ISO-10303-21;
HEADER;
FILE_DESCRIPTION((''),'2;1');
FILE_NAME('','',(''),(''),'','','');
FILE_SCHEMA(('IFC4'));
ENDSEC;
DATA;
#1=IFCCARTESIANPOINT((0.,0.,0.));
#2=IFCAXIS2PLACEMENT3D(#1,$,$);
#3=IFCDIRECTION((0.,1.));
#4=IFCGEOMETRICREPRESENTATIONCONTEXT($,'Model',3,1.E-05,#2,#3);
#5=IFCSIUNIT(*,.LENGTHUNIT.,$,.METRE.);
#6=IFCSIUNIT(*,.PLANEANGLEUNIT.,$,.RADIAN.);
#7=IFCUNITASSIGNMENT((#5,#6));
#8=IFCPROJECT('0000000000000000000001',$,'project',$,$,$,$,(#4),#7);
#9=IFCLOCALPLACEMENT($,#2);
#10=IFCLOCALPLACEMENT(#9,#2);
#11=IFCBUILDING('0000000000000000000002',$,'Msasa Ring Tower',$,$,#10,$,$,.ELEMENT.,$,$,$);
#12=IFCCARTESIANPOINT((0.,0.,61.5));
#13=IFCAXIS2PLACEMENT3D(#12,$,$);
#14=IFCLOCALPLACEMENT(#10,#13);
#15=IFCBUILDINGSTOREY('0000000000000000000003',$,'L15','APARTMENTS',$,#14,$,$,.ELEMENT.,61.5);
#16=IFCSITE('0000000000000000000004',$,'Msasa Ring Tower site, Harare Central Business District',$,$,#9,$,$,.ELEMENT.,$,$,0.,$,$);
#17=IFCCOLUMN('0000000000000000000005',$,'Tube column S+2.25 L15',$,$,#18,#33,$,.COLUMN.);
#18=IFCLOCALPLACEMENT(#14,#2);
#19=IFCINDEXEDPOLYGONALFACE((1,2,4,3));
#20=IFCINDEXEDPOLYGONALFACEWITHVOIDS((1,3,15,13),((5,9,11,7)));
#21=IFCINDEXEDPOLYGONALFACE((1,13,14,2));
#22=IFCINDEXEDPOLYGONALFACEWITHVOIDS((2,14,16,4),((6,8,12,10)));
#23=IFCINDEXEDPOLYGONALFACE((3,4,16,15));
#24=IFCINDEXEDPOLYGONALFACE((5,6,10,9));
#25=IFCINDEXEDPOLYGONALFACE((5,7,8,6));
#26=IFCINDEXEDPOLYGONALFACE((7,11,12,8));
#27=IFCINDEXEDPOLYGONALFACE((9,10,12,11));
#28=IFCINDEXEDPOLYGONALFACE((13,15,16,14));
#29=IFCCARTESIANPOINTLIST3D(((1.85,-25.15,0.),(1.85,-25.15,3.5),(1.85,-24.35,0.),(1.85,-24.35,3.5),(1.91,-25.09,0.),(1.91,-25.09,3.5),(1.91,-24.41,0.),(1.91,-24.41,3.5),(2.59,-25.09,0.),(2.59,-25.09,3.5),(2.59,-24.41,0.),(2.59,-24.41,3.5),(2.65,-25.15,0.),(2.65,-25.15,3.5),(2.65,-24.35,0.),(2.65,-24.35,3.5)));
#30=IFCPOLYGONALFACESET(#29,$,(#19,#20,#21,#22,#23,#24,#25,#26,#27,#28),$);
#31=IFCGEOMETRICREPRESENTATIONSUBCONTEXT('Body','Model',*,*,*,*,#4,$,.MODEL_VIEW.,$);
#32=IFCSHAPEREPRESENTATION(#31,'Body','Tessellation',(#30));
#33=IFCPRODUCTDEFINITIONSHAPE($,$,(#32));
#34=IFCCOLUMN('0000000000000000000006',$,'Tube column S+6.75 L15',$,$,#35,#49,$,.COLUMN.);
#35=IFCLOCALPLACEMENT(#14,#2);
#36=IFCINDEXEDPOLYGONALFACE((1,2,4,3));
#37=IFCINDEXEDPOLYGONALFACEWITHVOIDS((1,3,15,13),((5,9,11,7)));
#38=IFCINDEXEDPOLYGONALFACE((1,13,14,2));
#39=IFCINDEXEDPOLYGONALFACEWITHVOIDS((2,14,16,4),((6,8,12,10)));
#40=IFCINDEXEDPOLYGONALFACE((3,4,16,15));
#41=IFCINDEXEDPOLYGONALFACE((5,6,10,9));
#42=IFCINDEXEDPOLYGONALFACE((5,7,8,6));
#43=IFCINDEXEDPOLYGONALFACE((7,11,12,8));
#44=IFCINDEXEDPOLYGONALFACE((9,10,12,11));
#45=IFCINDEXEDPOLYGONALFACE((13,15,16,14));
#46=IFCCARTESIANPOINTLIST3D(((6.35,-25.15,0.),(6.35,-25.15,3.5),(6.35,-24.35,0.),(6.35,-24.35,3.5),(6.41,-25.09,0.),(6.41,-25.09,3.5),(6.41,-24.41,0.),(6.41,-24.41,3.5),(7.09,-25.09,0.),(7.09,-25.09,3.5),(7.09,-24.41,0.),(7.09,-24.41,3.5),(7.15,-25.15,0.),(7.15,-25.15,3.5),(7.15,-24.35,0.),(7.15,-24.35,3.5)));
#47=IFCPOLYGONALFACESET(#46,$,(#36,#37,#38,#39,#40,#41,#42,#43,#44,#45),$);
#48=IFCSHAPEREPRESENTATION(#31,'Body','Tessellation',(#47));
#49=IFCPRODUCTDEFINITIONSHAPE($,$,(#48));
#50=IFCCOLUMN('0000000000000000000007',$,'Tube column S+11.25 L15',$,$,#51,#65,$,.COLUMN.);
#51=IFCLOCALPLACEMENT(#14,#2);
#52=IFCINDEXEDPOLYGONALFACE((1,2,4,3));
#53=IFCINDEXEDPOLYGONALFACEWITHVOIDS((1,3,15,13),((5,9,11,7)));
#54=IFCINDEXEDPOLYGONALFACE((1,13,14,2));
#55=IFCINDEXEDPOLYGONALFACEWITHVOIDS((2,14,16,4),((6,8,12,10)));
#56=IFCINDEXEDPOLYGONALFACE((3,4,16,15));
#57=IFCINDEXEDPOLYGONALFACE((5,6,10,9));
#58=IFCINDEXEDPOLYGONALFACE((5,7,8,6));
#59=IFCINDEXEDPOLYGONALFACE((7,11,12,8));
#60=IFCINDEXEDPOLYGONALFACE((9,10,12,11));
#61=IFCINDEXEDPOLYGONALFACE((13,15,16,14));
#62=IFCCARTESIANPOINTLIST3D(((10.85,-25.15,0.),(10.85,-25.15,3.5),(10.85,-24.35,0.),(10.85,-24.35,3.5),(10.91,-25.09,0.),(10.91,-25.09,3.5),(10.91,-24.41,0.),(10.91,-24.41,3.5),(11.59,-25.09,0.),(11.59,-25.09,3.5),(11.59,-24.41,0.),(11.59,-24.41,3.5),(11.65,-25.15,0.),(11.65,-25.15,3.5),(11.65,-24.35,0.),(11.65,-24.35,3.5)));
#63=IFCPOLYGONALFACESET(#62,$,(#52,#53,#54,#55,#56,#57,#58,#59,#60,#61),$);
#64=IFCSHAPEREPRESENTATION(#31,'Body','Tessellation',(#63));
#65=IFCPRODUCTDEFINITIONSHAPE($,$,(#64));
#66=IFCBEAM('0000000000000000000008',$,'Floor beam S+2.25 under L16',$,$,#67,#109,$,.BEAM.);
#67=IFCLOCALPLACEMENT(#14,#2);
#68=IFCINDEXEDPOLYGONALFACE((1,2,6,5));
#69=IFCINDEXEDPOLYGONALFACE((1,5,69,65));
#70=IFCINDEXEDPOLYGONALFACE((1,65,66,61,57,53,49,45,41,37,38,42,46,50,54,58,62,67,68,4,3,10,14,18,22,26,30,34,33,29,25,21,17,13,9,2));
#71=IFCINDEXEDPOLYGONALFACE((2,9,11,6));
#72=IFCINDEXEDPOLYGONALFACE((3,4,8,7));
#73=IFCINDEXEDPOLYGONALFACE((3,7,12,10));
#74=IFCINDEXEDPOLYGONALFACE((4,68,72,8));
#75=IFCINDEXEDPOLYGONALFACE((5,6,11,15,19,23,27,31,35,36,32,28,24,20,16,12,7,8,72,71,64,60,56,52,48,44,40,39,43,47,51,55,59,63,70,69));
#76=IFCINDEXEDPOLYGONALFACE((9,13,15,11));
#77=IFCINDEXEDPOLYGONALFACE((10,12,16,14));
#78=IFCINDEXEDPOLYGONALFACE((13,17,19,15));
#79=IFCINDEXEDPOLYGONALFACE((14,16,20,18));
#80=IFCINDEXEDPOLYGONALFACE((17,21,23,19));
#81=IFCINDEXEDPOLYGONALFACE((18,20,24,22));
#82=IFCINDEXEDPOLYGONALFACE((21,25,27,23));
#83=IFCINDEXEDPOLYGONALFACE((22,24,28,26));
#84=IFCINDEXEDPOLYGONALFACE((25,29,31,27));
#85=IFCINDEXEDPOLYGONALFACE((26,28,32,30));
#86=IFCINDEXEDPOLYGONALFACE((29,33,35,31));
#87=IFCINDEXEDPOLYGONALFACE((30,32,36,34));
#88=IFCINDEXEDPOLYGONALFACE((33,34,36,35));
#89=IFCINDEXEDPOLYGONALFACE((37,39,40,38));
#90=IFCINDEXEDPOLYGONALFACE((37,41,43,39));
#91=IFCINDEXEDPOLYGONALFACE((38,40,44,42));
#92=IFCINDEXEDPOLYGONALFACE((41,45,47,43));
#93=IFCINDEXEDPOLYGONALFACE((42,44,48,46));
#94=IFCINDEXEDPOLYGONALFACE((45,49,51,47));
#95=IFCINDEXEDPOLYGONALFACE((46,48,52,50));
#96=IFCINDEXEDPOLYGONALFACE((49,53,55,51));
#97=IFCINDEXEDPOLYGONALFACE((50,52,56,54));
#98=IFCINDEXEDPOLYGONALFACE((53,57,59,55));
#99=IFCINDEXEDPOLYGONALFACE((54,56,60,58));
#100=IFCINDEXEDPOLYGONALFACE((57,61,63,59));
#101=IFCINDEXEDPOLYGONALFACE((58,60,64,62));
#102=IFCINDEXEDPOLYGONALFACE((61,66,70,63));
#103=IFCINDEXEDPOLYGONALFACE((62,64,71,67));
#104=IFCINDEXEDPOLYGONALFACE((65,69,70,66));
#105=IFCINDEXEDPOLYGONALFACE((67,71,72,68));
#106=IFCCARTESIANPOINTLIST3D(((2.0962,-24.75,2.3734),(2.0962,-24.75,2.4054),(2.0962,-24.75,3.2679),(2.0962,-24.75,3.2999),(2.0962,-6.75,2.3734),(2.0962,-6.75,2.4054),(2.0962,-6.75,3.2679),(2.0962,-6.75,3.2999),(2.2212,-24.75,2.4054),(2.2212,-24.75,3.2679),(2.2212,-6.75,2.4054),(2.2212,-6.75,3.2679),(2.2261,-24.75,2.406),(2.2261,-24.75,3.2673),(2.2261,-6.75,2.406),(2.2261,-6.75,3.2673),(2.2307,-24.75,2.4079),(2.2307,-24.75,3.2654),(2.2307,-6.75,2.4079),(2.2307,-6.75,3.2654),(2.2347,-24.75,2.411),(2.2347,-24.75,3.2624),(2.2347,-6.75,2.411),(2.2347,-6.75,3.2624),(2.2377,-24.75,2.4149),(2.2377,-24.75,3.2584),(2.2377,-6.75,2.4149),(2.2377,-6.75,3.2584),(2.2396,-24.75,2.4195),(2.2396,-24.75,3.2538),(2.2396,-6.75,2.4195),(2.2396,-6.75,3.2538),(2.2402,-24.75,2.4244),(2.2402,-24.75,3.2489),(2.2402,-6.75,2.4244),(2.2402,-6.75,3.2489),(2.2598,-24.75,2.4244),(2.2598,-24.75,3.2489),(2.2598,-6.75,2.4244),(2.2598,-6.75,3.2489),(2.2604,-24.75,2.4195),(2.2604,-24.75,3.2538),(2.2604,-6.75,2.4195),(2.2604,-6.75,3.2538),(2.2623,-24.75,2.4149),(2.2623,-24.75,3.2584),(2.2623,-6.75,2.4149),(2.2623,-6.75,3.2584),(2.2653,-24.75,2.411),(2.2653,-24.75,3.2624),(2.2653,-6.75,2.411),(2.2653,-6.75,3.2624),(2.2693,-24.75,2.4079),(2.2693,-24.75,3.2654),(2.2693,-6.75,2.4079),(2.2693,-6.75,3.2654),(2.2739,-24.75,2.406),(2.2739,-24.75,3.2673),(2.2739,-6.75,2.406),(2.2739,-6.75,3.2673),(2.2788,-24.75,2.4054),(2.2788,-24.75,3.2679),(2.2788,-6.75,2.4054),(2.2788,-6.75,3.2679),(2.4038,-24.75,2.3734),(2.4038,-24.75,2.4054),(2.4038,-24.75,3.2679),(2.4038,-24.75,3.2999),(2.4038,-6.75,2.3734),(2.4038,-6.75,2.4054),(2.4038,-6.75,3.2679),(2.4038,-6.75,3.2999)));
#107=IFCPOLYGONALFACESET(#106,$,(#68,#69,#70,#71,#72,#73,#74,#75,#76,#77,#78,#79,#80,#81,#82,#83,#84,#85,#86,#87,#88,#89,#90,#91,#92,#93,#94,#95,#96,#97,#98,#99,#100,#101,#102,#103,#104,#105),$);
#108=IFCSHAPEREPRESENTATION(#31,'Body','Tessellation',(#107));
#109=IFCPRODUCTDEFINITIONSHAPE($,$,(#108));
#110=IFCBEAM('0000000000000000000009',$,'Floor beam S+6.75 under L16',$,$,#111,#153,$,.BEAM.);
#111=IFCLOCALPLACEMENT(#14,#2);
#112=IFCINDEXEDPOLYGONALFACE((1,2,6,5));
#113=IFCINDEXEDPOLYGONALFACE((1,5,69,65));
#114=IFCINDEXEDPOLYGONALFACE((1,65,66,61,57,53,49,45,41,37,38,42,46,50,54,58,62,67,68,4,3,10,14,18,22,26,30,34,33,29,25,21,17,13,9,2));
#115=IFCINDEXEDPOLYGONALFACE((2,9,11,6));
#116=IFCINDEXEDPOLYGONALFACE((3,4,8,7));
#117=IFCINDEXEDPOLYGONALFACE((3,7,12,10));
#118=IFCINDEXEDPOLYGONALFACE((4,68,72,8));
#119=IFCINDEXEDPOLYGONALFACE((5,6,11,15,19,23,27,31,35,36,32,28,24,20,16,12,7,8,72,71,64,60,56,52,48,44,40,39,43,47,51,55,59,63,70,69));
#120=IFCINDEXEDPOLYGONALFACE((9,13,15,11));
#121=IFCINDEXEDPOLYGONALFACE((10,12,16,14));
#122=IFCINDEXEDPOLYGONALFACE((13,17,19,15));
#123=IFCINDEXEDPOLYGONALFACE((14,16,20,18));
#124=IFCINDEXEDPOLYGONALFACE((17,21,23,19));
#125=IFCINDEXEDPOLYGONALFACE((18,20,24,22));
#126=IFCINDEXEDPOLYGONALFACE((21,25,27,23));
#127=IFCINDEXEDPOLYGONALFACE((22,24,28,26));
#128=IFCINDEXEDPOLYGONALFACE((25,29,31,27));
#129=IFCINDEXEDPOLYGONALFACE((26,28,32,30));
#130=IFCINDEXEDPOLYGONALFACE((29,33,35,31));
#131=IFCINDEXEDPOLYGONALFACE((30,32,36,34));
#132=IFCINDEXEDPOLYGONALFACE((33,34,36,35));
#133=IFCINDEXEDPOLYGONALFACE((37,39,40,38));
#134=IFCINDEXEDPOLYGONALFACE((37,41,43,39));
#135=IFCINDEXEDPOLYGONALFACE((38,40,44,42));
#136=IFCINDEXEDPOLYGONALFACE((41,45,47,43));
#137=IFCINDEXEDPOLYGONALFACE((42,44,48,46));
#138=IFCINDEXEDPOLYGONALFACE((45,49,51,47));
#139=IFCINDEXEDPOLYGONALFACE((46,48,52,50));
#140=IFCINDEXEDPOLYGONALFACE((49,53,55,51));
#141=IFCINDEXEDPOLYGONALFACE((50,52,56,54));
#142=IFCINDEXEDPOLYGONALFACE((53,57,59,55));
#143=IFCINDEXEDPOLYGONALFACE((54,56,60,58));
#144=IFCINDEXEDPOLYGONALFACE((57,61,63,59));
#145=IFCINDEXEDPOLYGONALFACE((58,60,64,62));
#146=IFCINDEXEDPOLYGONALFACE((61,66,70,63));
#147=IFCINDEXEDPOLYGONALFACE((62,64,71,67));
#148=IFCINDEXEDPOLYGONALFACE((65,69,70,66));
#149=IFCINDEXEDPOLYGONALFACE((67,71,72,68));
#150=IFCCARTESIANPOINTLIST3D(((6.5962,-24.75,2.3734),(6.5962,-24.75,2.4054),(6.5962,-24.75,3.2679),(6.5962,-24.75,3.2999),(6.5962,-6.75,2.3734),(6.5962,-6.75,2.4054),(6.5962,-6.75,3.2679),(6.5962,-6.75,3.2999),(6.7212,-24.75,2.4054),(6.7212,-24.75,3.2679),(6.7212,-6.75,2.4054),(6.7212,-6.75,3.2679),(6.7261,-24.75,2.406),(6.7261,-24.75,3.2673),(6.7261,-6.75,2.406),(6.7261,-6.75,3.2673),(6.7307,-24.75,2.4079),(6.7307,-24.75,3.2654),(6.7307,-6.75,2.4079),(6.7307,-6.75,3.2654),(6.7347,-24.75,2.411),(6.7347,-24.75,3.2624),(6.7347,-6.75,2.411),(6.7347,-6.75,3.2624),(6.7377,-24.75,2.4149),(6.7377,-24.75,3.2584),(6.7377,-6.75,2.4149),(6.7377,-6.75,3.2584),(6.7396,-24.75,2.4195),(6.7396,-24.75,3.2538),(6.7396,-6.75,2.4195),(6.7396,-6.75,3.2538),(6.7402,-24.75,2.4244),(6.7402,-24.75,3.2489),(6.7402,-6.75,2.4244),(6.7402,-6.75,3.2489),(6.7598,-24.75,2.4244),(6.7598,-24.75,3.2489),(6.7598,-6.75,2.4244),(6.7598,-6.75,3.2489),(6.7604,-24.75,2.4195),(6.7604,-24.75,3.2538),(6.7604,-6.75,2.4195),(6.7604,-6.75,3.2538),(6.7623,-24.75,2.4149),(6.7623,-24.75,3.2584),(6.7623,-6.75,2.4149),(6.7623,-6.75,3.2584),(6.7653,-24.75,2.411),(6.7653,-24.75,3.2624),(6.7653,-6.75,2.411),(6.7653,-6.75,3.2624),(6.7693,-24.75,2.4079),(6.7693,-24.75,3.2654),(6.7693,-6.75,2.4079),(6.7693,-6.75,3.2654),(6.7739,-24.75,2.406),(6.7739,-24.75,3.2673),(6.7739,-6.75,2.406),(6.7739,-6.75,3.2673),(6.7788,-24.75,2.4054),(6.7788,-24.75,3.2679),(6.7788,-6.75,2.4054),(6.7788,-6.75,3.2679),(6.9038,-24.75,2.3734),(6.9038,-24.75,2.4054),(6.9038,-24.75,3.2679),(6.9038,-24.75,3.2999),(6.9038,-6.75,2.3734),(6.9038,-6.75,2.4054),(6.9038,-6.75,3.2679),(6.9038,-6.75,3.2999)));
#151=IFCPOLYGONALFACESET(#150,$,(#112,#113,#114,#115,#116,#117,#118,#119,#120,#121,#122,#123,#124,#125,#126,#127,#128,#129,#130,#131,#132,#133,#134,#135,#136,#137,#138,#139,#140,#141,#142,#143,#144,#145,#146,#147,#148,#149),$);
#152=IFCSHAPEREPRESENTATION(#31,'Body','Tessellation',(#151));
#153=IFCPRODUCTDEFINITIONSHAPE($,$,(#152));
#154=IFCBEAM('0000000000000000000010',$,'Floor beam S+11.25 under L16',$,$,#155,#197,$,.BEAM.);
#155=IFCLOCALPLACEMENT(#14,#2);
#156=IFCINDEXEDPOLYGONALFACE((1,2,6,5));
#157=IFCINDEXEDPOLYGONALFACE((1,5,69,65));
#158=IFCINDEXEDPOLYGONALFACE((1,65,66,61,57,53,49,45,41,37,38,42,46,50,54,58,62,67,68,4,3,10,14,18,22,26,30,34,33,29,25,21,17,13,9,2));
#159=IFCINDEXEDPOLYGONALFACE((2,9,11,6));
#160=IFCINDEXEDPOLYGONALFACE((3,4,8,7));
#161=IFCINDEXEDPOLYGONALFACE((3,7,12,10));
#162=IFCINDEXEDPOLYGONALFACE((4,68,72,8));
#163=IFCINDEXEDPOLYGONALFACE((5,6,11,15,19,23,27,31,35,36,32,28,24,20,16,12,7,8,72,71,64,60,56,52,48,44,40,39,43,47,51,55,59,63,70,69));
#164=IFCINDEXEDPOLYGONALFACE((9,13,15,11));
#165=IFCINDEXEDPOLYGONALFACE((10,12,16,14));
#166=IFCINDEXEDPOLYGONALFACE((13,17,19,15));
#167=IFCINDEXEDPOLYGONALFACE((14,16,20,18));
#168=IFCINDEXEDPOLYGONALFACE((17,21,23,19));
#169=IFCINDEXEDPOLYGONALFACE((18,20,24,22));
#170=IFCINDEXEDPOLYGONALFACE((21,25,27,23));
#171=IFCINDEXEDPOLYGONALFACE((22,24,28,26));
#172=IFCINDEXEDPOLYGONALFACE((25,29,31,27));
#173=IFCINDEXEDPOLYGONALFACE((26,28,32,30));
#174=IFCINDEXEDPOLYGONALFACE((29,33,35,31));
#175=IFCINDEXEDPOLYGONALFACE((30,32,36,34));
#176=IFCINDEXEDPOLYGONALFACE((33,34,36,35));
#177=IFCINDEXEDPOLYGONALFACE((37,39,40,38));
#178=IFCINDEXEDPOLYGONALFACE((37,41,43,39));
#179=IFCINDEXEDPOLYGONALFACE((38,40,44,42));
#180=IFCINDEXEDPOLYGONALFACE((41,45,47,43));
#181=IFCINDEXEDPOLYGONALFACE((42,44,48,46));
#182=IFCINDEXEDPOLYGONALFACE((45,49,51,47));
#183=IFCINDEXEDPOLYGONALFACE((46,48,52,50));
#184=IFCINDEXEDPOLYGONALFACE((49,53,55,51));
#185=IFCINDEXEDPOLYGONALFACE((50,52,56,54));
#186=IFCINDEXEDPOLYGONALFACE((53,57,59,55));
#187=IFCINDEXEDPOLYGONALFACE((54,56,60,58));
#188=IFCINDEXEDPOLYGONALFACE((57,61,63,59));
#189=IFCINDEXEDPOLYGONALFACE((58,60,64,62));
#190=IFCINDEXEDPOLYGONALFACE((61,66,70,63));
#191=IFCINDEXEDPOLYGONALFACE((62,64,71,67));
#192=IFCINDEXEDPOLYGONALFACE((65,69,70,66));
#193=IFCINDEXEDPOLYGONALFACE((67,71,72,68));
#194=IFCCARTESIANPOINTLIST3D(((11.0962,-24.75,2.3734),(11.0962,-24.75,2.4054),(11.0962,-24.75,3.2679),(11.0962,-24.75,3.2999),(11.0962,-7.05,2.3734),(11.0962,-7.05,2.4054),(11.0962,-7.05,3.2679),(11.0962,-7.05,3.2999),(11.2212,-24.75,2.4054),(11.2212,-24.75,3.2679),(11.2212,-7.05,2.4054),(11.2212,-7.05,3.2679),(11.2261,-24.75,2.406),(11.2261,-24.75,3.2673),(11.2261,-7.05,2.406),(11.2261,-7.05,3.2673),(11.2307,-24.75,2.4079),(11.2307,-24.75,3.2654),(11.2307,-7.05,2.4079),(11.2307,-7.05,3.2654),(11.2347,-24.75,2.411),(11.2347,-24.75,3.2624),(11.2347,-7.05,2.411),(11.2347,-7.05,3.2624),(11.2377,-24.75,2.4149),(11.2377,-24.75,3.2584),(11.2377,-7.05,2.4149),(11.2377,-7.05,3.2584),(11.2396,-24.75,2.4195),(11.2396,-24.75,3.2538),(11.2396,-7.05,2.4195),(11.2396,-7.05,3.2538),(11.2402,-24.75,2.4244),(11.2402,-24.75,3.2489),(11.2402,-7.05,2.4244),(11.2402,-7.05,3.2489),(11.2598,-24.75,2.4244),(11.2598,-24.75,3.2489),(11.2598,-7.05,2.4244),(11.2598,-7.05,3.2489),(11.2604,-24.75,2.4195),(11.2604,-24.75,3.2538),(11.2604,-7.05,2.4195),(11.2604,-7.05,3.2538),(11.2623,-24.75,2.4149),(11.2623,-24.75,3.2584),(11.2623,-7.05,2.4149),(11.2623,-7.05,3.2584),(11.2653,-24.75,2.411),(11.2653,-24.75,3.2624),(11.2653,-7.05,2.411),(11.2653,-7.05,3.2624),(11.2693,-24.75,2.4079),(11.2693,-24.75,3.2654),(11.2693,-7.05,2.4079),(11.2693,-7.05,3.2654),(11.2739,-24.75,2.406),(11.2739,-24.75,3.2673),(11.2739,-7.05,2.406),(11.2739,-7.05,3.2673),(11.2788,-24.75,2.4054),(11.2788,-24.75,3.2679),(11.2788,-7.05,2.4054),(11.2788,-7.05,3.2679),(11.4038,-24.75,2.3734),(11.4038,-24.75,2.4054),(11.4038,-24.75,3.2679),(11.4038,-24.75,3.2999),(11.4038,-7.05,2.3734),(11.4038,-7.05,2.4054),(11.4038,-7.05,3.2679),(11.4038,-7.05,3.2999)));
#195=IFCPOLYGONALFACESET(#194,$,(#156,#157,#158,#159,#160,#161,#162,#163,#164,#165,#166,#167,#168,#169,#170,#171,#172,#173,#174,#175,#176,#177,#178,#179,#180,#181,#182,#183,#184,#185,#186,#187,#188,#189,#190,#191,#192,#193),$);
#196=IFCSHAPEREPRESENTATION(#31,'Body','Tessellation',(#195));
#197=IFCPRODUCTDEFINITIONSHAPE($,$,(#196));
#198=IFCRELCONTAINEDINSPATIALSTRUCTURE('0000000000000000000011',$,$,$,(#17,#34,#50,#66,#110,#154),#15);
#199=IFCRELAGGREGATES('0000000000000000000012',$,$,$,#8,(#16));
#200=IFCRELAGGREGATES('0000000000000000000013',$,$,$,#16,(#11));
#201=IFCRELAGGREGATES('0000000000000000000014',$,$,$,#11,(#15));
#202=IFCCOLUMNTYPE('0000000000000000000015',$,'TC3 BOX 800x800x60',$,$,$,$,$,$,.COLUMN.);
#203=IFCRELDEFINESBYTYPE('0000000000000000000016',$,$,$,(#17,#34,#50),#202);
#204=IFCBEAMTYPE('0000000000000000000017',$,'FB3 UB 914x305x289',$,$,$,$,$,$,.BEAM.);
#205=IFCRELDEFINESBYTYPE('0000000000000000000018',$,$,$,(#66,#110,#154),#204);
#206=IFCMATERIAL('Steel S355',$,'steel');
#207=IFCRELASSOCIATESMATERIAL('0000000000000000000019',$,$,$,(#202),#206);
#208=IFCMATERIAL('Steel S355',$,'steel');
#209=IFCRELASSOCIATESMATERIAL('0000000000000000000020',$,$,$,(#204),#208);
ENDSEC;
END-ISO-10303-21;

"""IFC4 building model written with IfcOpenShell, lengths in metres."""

from ifc_helpers import new_model, si_unit, direction, frame, origin, origin_2d, place, context, subcontext, project, spatial, hollow_rectangle, i_section, extrude, material, material_profile, profile_set, type_object, element, save


model = new_model("IFC4")

# Units and contexts
model_context = context("Model", 3, precision=1e-05, world=origin(), true_north=direction((0.0, 1.0)))
body_context = subcontext(model_context, "Body", "Model", "MODEL_VIEW")
ifc_project = project(units=[si_unit("LENGTHUNIT", "METRE"), si_unit("PLANEANGLEUNIT", "RADIAN")], contexts=[model_context])

# Site, building, storey
site_placement = place(None, origin())
site = spatial("IfcSite", under=ifc_project, at=site_placement, Name="Msasa Ring Tower site, Harare Central Business District", CompositionType="ELEMENT", RefElevation=0.0)
building_placement = place(site_placement, origin())
building = spatial("IfcBuilding", under=site, at=building_placement, Name="Msasa Ring Tower", CompositionType="ELEMENT")
storey_placement = place(building_placement, frame((0.0, 0.0, 61.5)))
storey = spatial("IfcBuildingStorey", under=building, at=storey_placement, Name="L15", Description="APARTMENTS", CompositionType="ELEMENT", Elevation=61.5)

# Columns
ifc_material_1 = material(Name="Steel S355", Category="steel")
ifc_material_profile_1 = material_profile(ifc_material_1, hollow_rectangle(XDim=0.8, YDim=0.8, WallThickness=0.0601, at=origin_2d()), Name="BOX 800x800x60")
ifc_profile_set_1 = profile_set([ifc_material_profile_1], Name="Steel S355")
column_type = type_object("IfcColumnType", Name="TC3 BOX 800x800x60", PredefinedType="COLUMN", material=ifc_profile_set_1)
for number, where, z_axis, x_axis, name in (
    (1, (2.25, -24.75, 0.0), (0.0, 0.0, 1.0), (0.0, 1.0, 0.0), "Tube column S+2.25 L15"),
    (2, (6.75, -24.75, 0.0), (0.0, 0.0, 1.0), (0.0, 1.0, 0.0), "Tube column S+6.75 L15"),
    (3, (11.25, -24.75, 0.0), (0.0, 0.0, 1.0), (0.0, 1.0, 0.0), "Tube column S+11.25 L15"),
):
    element("IfcColumn", number, at=place(storey_placement, frame(where, z_axis=z_axis, x_axis=x_axis)), inside=storey, type_object=column_type, Name=name, PredefinedType="COLUMN", context=body_context, shape_type="SweptSolid", body=[
        extrude(hollow_rectangle(XDim=0.8, YDim=0.8, WallThickness=0.0601, at=origin_2d()), origin(), (0.0, 0.0, 1.0), 3.5),
    ])

# Beams
ifc_material_2 = material(Name="Steel S355", Category="steel")
ifc_material_profile_2 = material_profile(ifc_material_2, i_section(OverallWidth=0.3076, OverallDepth=0.9265, WebThickness=0.0195, FlangeThickness=0.032, FilletRadius=0.019, at=origin_2d()), Name="UB 914x305x289")
ifc_profile_set_2 = profile_set([ifc_material_profile_2], Name="Steel S355")
beam_type_1 = type_object("IfcBeamType", Name="FB3 UB 914x305x289", PredefinedType="BEAM", material=ifc_profile_set_2)
for number, where, z_axis, x_axis, name in (
    (4, (2.25, -24.75, 2.8367), (0.0, 1.0, 0.0), (-1.0, 0.0, 0.0), "Floor beam S+2.25 under L16"),
    (5, (6.75, -24.75, 2.8367), (0.0, 1.0, 0.0), (-1.0, 0.0, 0.0), "Floor beam S+6.75 under L16"),
):
    element("IfcBeam", number, at=place(storey_placement, frame(where, z_axis=z_axis, x_axis=x_axis)), inside=storey, type_object=beam_type_1, Name=name, PredefinedType="BEAM", context=body_context, shape_type="SweptSolid", body=[
        extrude(i_section(OverallWidth=0.3076, OverallDepth=0.9265, WebThickness=0.0195, FlangeThickness=0.032, FilletRadius=0.019, at=origin_2d()), origin(), (0.0, 0.0, 1.0), 18.0),
    ])
beam_placement = place(storey_placement, frame((11.25, -24.75, 2.8367), z_axis=(0.0, 1.0, 0.0), x_axis=(-1.0, 0.0, 0.0)))
element("IfcBeam", 6, at=beam_placement, inside=storey, type_object=beam_type_1, Name="Floor beam S+11.25 under L16", PredefinedType="BEAM", context=body_context, shape_type="SweptSolid", body=[
    extrude(i_section(OverallWidth=0.3076, OverallDepth=0.9265, WebThickness=0.0195, FlangeThickness=0.032, FilletRadius=0.019, at=origin_2d()), origin(), (0.0, 0.0, 1.0), 17.7),
])

save(model, "model.ifc")
